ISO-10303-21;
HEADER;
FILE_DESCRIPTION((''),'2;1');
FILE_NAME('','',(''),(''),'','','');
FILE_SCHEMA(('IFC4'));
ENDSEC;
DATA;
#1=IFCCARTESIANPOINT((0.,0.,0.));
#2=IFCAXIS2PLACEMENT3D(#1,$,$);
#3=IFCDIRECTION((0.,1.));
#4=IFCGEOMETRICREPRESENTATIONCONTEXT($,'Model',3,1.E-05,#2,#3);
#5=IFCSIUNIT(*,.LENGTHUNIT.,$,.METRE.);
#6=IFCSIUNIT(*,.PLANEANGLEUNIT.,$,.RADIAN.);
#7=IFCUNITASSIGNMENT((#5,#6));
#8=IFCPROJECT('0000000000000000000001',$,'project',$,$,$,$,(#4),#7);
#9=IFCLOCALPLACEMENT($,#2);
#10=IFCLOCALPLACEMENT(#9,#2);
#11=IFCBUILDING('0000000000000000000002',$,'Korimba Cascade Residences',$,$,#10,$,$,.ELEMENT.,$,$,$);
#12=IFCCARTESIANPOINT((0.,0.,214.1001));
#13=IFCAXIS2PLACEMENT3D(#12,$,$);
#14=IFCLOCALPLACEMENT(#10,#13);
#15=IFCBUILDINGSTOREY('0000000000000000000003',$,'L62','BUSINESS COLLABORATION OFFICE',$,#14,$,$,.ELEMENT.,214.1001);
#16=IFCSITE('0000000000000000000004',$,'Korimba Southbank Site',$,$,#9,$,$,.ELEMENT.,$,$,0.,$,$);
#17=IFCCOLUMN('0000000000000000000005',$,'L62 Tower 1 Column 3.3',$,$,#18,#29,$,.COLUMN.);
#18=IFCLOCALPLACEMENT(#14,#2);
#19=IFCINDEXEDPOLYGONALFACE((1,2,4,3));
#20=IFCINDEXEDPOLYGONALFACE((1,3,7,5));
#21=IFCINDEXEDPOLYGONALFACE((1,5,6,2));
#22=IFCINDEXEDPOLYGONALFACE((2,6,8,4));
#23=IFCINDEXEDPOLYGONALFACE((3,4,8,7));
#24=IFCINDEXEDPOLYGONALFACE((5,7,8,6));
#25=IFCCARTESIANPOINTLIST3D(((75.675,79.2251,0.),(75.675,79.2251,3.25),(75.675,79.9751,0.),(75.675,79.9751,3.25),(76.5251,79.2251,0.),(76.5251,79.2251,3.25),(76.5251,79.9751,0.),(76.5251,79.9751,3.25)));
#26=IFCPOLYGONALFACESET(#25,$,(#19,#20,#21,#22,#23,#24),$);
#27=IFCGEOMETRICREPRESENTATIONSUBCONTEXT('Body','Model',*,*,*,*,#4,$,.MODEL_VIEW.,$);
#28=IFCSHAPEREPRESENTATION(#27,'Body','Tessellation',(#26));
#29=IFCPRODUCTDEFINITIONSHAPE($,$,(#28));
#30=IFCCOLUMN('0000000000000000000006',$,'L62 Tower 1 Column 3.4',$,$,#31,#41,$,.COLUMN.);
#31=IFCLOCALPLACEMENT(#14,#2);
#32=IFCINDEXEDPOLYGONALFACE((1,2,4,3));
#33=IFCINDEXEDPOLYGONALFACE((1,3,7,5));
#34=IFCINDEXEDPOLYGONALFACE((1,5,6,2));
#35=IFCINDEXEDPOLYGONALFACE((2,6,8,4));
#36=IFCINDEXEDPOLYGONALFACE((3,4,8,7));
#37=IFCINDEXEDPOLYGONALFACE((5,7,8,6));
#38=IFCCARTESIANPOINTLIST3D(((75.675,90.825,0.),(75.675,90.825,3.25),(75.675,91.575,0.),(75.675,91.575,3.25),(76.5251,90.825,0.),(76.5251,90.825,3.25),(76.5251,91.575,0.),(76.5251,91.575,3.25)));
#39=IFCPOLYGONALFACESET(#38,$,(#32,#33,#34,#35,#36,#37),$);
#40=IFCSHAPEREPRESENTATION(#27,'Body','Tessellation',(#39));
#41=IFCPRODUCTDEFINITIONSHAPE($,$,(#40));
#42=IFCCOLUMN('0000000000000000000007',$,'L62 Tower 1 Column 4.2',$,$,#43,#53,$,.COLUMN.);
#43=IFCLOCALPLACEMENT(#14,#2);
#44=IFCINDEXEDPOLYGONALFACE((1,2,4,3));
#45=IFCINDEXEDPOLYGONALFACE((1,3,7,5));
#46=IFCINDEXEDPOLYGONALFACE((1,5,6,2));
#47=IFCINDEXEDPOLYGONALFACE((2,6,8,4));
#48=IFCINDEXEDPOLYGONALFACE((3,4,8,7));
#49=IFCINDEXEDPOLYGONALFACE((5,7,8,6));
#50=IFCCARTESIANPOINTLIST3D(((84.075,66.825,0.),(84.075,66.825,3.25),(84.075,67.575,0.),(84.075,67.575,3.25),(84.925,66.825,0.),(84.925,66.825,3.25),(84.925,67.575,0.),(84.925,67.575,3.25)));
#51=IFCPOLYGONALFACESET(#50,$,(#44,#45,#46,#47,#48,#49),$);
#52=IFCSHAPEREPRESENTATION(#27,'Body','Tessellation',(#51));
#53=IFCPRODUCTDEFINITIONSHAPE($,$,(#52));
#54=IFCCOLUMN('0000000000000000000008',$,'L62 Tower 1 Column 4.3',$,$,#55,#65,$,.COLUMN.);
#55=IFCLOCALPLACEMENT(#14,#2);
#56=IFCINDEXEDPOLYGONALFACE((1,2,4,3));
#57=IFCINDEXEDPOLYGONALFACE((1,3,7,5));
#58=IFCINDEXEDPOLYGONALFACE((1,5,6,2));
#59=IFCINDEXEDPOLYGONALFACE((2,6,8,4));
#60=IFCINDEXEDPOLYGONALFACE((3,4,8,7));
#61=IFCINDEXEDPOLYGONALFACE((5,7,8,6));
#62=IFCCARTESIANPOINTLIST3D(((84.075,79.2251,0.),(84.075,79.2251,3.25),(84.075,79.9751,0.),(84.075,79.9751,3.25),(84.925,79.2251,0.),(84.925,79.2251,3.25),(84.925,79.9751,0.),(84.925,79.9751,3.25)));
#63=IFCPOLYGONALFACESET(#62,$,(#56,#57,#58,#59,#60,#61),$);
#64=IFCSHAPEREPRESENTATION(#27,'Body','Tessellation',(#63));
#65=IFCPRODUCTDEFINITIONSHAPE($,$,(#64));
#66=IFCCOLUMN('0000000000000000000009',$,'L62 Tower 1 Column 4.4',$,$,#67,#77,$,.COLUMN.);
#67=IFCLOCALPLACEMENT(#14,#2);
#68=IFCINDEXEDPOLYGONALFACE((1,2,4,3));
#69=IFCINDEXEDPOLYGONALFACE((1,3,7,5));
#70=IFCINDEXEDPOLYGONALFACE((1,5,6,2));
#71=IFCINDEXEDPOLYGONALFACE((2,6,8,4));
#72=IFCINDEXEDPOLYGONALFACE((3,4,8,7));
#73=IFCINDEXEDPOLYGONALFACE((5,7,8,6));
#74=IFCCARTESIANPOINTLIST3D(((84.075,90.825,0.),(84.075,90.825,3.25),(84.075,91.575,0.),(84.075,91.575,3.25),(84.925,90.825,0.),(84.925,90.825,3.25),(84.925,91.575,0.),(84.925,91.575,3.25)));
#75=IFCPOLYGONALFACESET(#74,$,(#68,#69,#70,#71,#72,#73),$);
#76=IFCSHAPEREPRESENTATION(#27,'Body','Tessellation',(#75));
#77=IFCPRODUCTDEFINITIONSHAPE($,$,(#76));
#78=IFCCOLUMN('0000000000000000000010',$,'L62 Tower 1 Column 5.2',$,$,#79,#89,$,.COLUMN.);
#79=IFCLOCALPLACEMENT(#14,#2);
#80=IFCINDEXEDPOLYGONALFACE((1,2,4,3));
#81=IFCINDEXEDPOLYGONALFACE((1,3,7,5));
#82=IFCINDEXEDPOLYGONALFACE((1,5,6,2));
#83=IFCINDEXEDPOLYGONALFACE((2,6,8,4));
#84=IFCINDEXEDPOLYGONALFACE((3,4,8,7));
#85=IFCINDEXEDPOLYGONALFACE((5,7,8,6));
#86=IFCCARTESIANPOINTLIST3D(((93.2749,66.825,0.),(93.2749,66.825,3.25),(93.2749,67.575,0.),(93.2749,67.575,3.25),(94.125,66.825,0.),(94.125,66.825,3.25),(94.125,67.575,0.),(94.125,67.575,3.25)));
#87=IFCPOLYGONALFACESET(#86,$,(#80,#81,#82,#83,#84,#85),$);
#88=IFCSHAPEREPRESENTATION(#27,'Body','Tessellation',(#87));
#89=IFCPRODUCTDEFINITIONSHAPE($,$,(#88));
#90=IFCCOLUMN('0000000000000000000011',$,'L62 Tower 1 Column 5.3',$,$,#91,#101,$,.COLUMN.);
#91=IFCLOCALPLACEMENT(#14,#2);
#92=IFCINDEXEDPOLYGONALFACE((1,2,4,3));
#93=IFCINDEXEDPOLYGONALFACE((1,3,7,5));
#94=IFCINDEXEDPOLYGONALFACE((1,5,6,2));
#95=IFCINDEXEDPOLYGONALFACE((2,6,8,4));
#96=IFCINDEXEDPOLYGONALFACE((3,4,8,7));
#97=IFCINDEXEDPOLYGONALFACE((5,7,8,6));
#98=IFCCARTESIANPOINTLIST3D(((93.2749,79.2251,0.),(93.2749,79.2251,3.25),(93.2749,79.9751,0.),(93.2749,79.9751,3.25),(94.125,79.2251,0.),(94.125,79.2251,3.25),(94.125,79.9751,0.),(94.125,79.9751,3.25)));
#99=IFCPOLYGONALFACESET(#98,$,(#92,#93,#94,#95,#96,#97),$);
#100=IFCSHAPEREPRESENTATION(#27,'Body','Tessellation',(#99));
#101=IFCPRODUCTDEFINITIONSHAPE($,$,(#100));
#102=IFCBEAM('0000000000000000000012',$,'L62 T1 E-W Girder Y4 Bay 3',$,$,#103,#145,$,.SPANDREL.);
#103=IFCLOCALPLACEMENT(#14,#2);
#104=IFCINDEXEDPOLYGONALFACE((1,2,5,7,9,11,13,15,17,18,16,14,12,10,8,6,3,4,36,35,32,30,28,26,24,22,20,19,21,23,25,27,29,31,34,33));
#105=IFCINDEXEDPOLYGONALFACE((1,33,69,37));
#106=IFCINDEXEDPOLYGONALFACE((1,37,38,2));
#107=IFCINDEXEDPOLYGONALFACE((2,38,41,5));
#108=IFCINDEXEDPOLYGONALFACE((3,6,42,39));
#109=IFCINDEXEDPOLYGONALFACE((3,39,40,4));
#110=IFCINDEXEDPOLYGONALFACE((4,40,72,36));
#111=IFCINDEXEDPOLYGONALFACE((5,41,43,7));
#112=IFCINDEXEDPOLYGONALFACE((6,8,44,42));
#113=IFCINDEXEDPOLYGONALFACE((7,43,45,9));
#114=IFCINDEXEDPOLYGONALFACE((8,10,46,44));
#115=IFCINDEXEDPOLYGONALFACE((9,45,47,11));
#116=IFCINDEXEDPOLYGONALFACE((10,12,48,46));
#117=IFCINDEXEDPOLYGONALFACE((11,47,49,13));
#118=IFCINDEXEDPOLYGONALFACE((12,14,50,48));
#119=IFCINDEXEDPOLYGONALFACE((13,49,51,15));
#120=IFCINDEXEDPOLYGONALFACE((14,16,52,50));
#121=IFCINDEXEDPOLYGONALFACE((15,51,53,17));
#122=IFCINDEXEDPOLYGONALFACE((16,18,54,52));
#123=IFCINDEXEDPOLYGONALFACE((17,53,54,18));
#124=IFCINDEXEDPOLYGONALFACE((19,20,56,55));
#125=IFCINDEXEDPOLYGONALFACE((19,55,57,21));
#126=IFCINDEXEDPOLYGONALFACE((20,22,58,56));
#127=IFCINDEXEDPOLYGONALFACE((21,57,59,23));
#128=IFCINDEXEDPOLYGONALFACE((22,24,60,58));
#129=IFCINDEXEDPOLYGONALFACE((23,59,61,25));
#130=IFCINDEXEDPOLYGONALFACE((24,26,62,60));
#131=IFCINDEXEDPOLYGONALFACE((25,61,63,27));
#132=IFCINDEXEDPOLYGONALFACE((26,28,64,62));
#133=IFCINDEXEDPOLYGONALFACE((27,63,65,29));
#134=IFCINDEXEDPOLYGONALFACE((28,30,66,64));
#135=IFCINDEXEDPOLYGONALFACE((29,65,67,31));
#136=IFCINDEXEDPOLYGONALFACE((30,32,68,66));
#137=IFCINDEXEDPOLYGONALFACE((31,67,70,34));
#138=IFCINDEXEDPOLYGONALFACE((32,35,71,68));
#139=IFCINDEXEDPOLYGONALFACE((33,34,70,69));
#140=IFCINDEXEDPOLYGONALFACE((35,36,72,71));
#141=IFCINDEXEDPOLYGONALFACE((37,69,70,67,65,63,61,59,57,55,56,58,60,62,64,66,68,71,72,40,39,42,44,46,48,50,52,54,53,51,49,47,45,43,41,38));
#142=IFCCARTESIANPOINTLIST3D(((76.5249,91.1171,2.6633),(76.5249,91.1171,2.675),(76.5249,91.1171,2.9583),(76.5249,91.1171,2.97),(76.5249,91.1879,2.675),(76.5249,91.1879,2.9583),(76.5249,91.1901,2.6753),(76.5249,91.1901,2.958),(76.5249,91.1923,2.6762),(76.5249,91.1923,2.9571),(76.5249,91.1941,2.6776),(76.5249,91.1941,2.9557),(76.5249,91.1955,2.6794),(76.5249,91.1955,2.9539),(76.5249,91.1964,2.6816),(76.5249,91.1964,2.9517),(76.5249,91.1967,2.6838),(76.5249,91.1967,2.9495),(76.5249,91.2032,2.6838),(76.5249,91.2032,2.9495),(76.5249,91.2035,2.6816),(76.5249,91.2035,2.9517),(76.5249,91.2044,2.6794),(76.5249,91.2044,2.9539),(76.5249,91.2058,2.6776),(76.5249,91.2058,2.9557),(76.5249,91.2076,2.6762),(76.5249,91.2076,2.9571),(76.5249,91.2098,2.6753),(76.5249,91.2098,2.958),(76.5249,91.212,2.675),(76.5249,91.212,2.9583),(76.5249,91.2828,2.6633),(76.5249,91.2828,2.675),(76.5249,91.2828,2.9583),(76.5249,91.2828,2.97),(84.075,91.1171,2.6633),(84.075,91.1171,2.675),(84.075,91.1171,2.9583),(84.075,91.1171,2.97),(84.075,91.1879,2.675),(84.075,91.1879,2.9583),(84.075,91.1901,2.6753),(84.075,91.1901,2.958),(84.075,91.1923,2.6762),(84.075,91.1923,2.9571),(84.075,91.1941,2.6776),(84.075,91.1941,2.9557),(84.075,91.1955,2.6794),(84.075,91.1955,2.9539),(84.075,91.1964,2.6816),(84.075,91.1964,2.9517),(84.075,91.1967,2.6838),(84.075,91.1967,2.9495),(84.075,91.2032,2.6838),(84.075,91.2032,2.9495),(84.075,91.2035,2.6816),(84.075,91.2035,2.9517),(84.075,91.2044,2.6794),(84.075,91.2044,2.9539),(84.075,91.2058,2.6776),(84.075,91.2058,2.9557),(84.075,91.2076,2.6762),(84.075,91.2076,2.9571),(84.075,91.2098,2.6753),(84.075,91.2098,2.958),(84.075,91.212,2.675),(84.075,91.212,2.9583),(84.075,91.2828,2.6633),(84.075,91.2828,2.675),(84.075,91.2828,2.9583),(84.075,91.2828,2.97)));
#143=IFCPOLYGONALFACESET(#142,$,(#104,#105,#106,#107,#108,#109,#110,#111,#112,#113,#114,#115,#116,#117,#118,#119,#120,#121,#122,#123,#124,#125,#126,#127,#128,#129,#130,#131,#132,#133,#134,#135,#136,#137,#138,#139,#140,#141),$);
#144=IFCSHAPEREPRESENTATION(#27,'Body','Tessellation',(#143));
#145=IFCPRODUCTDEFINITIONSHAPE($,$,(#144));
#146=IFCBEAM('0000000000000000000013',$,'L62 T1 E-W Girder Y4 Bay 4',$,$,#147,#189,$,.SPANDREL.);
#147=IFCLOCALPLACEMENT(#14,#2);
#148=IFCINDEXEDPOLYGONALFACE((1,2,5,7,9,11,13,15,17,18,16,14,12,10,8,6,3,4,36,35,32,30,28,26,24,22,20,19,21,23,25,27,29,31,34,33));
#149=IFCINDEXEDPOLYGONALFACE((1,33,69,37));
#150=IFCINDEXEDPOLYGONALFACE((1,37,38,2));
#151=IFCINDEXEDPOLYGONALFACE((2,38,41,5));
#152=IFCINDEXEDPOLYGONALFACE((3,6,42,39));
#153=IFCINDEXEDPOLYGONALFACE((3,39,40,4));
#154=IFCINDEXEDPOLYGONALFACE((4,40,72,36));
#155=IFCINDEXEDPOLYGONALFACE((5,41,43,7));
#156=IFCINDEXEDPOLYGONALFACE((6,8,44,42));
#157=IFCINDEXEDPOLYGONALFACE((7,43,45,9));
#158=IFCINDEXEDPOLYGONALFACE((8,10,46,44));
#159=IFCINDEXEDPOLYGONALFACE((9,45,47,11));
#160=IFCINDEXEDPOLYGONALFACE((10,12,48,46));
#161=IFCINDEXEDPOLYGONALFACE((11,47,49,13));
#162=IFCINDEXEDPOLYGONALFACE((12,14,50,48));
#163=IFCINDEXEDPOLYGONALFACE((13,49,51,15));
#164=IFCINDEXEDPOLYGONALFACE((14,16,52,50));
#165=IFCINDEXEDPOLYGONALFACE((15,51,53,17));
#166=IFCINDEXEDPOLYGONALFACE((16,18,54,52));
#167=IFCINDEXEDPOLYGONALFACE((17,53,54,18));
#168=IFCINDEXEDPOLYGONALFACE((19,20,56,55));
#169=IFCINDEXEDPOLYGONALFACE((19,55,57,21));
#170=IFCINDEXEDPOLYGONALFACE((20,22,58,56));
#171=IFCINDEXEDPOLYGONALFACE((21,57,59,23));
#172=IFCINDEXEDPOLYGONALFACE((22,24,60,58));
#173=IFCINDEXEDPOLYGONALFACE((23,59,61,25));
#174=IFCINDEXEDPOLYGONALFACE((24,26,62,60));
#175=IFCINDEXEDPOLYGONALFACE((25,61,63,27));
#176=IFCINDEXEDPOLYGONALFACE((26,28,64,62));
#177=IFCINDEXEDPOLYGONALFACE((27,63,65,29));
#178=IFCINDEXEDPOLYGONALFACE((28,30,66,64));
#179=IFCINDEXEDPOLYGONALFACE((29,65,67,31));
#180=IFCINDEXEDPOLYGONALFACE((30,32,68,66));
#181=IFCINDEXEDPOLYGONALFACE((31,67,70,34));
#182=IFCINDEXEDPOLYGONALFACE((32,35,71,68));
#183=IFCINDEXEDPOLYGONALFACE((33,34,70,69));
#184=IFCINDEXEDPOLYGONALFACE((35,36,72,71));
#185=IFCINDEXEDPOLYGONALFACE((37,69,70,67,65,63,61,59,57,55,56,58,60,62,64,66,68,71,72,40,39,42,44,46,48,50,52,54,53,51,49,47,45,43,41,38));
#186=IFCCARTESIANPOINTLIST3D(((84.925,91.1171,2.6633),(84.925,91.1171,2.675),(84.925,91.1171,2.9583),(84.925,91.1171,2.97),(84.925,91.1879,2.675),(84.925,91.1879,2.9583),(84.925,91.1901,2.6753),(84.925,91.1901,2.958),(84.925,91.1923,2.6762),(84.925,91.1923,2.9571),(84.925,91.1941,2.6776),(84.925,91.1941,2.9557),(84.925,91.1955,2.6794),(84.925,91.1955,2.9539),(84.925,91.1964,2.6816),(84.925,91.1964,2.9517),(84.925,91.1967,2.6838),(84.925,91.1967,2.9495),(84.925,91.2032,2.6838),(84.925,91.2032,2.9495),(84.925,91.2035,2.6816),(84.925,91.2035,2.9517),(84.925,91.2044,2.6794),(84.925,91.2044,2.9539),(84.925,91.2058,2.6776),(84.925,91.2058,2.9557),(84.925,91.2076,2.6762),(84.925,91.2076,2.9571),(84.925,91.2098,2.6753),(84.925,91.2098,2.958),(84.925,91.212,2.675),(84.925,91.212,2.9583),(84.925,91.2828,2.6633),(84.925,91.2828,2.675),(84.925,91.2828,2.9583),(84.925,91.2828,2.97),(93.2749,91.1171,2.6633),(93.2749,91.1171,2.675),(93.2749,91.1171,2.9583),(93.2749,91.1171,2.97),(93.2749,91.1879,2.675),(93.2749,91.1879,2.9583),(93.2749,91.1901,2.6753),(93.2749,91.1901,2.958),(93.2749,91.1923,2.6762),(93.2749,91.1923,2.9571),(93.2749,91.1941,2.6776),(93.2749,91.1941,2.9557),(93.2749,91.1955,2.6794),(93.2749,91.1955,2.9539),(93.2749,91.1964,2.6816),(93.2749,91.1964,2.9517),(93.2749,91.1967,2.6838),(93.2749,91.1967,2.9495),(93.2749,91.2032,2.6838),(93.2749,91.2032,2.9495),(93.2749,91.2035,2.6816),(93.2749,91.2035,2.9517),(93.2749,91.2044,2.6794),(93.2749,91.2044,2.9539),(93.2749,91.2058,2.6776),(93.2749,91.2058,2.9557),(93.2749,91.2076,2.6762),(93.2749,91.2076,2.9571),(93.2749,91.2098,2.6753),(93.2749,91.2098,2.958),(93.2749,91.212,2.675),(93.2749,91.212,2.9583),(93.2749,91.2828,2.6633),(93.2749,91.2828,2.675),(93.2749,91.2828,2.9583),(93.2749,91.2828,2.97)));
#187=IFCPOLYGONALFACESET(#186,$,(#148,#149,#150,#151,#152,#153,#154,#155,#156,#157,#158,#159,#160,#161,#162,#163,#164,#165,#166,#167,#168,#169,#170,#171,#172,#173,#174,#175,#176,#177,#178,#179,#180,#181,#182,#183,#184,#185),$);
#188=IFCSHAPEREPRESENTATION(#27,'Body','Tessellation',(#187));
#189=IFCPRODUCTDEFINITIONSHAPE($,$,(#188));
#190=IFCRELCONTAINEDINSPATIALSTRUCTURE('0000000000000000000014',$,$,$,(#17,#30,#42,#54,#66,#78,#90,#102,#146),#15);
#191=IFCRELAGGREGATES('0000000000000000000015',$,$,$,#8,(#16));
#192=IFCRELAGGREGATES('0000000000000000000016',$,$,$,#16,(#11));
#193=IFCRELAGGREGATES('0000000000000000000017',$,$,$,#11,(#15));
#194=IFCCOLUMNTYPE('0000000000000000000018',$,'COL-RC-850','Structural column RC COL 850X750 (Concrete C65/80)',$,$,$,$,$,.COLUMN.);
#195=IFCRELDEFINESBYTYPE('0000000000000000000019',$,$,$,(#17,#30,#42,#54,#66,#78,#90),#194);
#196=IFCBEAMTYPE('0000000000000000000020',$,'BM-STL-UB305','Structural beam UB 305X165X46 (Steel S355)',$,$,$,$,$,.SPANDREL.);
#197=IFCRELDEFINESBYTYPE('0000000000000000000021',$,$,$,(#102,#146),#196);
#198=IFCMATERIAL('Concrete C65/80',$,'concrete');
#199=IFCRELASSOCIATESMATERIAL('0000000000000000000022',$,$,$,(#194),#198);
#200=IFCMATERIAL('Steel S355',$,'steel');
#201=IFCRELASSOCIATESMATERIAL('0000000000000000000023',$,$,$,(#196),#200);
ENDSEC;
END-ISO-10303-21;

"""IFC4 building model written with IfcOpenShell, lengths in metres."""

from ifc_helpers import new_model, si_unit, direction, frame, origin, origin_2d, place, context, subcontext, project, spatial, rectangle, i_section, extrude, material, material_profile, profile_set, type_object, element, save


model = new_model("IFC4")

# Units and contexts
model_context = context("Model", 3, precision=1e-05, world=origin(), true_north=direction((0.0, 1.0)))
body_context = subcontext(model_context, "Body", "Model", "MODEL_VIEW")
ifc_project = project(units=[si_unit("LENGTHUNIT", "METRE"), si_unit("PLANEANGLEUNIT", "RADIAN")], contexts=[model_context])

# Site, building, storey
site_placement = place(None, origin())
site = spatial("IfcSite", under=ifc_project, at=site_placement, Name="Korimba Southbank Site", CompositionType="ELEMENT", RefElevation=0.0)
building_placement = place(site_placement, origin())
building = spatial("IfcBuilding", under=site, at=building_placement, Name="Korimba Cascade Residences", CompositionType="ELEMENT")
storey_placement = place(building_placement, frame((0.0, 0.0, 214.1001)))
storey = spatial("IfcBuildingStorey", under=building, at=storey_placement, Name="L62", Description="BUSINESS COLLABORATION OFFICE", CompositionType="ELEMENT", Elevation=214.1001)

# Columns
ifc_material_1 = material(Name="Concrete C65/80", Category="concrete")
ifc_material_profile_1 = material_profile(ifc_material_1, rectangle(XDim=0.8501, YDim=0.75, at=origin_2d()), Name="Concrete C65/80")
ifc_profile_set_1 = profile_set([ifc_material_profile_1], Name="Concrete C65/80")
column_type = type_object("IfcColumnType", Name="COL-RC-850", Description="Structural column RC COL 850X750 (Concrete C65/80)", PredefinedType="COLUMN", material=ifc_profile_set_1)
for number, where, z_axis, x_axis, name in (
    (1, (76.1001, 79.6001, 0.0), (0.0, 0.0, 1.0), (1.0, 0.0, 0.0), "L62 Tower 1 Column 3.3"),
    (2, (76.1001, 91.2, 0.0), (0.0, 0.0, 1.0), (1.0, 0.0, 0.0), "L62 Tower 1 Column 3.4"),
    (3, (84.5, 67.2, 0.0), (0.0, 0.0, 1.0), (1.0, 0.0, 0.0), "L62 Tower 1 Column 4.2"),
    (4, (84.5, 79.6001, 0.0), (0.0, 0.0, 1.0), (1.0, 0.0, 0.0), "L62 Tower 1 Column 4.3"),
    (5, (84.5, 91.2, 0.0), (0.0, 0.0, 1.0), (1.0, 0.0, 0.0), "L62 Tower 1 Column 4.4"),
    (6, (93.7, 67.2, 0.0), (0.0, 0.0, 1.0), (1.0, 0.0, 0.0), "L62 Tower 1 Column 5.2"),
    (7, (93.7, 79.6001, 0.0), (0.0, 0.0, 1.0), (1.0, 0.0, 0.0), "L62 Tower 1 Column 5.3"),
):
    element("IfcColumn", number, at=place(storey_placement, frame(where, z_axis=z_axis, x_axis=x_axis)), inside=storey, type_object=column_type, Name=name, PredefinedType="COLUMN", context=body_context, shape_type="SweptSolid", body=[
        extrude(rectangle(XDim=0.8501, YDim=0.75, at=origin_2d()), origin(), (0.0, 0.0, 1.0), 3.25),
    ])

# Beams
ifc_material_2 = material(Name="Steel S355", Category="steel")
ifc_material_profile_2 = material_profile(ifc_material_2, i_section(OverallWidth=0.1658, OverallDepth=0.3066, WebThickness=0.0066, FlangeThickness=0.0117, FilletRadius=0.0088, at=origin_2d()), Name="Steel S355")
ifc_profile_set_2 = profile_set([ifc_material_profile_2], Name="Steel S355")
beam_type_1 = type_object("IfcBeamType", Name="BM-STL-UB305", Description="Structural beam UB 305X165X46 (Steel S355)", PredefinedType="SPANDREL", material=ifc_profile_set_2)
beam_1_placement = place(storey_placement, frame((76.5249, 91.2, 2.8167), z_axis=(1.0, 0.0, 0.0), x_axis=(0.0, 1.0, 0.0)))
element("IfcBeam", 8, at=beam_1_placement, inside=storey, type_object=beam_type_1, Name="L62 T1 E-W Girder Y4 Bay 3", PredefinedType="SPANDREL", context=body_context, shape_type="SweptSolid", body=[
    extrude(i_section(OverallWidth=0.1658, OverallDepth=0.3066, WebThickness=0.0066, FlangeThickness=0.0117, FilletRadius=0.0088, at=origin_2d()), origin(), (0.0, 0.0, 1.0), 7.55),
])
beam_2_placement = place(storey_placement, frame((84.925, 91.2, 2.8167), z_axis=(1.0, 0.0, 0.0), x_axis=(0.0, 1.0, 0.0)))
element("IfcBeam", 9, at=beam_2_placement, inside=storey, type_object=beam_type_1, Name="L62 T1 E-W Girder Y4 Bay 4", PredefinedType="SPANDREL", context=body_context, shape_type="SweptSolid", body=[
    extrude(i_section(OverallWidth=0.1658, OverallDepth=0.3066, WebThickness=0.0066, FlangeThickness=0.0117, FilletRadius=0.0088, at=origin_2d()), origin(), (0.0, 0.0, 1.0), 8.3499),
])

save(model, "model.ifc")
